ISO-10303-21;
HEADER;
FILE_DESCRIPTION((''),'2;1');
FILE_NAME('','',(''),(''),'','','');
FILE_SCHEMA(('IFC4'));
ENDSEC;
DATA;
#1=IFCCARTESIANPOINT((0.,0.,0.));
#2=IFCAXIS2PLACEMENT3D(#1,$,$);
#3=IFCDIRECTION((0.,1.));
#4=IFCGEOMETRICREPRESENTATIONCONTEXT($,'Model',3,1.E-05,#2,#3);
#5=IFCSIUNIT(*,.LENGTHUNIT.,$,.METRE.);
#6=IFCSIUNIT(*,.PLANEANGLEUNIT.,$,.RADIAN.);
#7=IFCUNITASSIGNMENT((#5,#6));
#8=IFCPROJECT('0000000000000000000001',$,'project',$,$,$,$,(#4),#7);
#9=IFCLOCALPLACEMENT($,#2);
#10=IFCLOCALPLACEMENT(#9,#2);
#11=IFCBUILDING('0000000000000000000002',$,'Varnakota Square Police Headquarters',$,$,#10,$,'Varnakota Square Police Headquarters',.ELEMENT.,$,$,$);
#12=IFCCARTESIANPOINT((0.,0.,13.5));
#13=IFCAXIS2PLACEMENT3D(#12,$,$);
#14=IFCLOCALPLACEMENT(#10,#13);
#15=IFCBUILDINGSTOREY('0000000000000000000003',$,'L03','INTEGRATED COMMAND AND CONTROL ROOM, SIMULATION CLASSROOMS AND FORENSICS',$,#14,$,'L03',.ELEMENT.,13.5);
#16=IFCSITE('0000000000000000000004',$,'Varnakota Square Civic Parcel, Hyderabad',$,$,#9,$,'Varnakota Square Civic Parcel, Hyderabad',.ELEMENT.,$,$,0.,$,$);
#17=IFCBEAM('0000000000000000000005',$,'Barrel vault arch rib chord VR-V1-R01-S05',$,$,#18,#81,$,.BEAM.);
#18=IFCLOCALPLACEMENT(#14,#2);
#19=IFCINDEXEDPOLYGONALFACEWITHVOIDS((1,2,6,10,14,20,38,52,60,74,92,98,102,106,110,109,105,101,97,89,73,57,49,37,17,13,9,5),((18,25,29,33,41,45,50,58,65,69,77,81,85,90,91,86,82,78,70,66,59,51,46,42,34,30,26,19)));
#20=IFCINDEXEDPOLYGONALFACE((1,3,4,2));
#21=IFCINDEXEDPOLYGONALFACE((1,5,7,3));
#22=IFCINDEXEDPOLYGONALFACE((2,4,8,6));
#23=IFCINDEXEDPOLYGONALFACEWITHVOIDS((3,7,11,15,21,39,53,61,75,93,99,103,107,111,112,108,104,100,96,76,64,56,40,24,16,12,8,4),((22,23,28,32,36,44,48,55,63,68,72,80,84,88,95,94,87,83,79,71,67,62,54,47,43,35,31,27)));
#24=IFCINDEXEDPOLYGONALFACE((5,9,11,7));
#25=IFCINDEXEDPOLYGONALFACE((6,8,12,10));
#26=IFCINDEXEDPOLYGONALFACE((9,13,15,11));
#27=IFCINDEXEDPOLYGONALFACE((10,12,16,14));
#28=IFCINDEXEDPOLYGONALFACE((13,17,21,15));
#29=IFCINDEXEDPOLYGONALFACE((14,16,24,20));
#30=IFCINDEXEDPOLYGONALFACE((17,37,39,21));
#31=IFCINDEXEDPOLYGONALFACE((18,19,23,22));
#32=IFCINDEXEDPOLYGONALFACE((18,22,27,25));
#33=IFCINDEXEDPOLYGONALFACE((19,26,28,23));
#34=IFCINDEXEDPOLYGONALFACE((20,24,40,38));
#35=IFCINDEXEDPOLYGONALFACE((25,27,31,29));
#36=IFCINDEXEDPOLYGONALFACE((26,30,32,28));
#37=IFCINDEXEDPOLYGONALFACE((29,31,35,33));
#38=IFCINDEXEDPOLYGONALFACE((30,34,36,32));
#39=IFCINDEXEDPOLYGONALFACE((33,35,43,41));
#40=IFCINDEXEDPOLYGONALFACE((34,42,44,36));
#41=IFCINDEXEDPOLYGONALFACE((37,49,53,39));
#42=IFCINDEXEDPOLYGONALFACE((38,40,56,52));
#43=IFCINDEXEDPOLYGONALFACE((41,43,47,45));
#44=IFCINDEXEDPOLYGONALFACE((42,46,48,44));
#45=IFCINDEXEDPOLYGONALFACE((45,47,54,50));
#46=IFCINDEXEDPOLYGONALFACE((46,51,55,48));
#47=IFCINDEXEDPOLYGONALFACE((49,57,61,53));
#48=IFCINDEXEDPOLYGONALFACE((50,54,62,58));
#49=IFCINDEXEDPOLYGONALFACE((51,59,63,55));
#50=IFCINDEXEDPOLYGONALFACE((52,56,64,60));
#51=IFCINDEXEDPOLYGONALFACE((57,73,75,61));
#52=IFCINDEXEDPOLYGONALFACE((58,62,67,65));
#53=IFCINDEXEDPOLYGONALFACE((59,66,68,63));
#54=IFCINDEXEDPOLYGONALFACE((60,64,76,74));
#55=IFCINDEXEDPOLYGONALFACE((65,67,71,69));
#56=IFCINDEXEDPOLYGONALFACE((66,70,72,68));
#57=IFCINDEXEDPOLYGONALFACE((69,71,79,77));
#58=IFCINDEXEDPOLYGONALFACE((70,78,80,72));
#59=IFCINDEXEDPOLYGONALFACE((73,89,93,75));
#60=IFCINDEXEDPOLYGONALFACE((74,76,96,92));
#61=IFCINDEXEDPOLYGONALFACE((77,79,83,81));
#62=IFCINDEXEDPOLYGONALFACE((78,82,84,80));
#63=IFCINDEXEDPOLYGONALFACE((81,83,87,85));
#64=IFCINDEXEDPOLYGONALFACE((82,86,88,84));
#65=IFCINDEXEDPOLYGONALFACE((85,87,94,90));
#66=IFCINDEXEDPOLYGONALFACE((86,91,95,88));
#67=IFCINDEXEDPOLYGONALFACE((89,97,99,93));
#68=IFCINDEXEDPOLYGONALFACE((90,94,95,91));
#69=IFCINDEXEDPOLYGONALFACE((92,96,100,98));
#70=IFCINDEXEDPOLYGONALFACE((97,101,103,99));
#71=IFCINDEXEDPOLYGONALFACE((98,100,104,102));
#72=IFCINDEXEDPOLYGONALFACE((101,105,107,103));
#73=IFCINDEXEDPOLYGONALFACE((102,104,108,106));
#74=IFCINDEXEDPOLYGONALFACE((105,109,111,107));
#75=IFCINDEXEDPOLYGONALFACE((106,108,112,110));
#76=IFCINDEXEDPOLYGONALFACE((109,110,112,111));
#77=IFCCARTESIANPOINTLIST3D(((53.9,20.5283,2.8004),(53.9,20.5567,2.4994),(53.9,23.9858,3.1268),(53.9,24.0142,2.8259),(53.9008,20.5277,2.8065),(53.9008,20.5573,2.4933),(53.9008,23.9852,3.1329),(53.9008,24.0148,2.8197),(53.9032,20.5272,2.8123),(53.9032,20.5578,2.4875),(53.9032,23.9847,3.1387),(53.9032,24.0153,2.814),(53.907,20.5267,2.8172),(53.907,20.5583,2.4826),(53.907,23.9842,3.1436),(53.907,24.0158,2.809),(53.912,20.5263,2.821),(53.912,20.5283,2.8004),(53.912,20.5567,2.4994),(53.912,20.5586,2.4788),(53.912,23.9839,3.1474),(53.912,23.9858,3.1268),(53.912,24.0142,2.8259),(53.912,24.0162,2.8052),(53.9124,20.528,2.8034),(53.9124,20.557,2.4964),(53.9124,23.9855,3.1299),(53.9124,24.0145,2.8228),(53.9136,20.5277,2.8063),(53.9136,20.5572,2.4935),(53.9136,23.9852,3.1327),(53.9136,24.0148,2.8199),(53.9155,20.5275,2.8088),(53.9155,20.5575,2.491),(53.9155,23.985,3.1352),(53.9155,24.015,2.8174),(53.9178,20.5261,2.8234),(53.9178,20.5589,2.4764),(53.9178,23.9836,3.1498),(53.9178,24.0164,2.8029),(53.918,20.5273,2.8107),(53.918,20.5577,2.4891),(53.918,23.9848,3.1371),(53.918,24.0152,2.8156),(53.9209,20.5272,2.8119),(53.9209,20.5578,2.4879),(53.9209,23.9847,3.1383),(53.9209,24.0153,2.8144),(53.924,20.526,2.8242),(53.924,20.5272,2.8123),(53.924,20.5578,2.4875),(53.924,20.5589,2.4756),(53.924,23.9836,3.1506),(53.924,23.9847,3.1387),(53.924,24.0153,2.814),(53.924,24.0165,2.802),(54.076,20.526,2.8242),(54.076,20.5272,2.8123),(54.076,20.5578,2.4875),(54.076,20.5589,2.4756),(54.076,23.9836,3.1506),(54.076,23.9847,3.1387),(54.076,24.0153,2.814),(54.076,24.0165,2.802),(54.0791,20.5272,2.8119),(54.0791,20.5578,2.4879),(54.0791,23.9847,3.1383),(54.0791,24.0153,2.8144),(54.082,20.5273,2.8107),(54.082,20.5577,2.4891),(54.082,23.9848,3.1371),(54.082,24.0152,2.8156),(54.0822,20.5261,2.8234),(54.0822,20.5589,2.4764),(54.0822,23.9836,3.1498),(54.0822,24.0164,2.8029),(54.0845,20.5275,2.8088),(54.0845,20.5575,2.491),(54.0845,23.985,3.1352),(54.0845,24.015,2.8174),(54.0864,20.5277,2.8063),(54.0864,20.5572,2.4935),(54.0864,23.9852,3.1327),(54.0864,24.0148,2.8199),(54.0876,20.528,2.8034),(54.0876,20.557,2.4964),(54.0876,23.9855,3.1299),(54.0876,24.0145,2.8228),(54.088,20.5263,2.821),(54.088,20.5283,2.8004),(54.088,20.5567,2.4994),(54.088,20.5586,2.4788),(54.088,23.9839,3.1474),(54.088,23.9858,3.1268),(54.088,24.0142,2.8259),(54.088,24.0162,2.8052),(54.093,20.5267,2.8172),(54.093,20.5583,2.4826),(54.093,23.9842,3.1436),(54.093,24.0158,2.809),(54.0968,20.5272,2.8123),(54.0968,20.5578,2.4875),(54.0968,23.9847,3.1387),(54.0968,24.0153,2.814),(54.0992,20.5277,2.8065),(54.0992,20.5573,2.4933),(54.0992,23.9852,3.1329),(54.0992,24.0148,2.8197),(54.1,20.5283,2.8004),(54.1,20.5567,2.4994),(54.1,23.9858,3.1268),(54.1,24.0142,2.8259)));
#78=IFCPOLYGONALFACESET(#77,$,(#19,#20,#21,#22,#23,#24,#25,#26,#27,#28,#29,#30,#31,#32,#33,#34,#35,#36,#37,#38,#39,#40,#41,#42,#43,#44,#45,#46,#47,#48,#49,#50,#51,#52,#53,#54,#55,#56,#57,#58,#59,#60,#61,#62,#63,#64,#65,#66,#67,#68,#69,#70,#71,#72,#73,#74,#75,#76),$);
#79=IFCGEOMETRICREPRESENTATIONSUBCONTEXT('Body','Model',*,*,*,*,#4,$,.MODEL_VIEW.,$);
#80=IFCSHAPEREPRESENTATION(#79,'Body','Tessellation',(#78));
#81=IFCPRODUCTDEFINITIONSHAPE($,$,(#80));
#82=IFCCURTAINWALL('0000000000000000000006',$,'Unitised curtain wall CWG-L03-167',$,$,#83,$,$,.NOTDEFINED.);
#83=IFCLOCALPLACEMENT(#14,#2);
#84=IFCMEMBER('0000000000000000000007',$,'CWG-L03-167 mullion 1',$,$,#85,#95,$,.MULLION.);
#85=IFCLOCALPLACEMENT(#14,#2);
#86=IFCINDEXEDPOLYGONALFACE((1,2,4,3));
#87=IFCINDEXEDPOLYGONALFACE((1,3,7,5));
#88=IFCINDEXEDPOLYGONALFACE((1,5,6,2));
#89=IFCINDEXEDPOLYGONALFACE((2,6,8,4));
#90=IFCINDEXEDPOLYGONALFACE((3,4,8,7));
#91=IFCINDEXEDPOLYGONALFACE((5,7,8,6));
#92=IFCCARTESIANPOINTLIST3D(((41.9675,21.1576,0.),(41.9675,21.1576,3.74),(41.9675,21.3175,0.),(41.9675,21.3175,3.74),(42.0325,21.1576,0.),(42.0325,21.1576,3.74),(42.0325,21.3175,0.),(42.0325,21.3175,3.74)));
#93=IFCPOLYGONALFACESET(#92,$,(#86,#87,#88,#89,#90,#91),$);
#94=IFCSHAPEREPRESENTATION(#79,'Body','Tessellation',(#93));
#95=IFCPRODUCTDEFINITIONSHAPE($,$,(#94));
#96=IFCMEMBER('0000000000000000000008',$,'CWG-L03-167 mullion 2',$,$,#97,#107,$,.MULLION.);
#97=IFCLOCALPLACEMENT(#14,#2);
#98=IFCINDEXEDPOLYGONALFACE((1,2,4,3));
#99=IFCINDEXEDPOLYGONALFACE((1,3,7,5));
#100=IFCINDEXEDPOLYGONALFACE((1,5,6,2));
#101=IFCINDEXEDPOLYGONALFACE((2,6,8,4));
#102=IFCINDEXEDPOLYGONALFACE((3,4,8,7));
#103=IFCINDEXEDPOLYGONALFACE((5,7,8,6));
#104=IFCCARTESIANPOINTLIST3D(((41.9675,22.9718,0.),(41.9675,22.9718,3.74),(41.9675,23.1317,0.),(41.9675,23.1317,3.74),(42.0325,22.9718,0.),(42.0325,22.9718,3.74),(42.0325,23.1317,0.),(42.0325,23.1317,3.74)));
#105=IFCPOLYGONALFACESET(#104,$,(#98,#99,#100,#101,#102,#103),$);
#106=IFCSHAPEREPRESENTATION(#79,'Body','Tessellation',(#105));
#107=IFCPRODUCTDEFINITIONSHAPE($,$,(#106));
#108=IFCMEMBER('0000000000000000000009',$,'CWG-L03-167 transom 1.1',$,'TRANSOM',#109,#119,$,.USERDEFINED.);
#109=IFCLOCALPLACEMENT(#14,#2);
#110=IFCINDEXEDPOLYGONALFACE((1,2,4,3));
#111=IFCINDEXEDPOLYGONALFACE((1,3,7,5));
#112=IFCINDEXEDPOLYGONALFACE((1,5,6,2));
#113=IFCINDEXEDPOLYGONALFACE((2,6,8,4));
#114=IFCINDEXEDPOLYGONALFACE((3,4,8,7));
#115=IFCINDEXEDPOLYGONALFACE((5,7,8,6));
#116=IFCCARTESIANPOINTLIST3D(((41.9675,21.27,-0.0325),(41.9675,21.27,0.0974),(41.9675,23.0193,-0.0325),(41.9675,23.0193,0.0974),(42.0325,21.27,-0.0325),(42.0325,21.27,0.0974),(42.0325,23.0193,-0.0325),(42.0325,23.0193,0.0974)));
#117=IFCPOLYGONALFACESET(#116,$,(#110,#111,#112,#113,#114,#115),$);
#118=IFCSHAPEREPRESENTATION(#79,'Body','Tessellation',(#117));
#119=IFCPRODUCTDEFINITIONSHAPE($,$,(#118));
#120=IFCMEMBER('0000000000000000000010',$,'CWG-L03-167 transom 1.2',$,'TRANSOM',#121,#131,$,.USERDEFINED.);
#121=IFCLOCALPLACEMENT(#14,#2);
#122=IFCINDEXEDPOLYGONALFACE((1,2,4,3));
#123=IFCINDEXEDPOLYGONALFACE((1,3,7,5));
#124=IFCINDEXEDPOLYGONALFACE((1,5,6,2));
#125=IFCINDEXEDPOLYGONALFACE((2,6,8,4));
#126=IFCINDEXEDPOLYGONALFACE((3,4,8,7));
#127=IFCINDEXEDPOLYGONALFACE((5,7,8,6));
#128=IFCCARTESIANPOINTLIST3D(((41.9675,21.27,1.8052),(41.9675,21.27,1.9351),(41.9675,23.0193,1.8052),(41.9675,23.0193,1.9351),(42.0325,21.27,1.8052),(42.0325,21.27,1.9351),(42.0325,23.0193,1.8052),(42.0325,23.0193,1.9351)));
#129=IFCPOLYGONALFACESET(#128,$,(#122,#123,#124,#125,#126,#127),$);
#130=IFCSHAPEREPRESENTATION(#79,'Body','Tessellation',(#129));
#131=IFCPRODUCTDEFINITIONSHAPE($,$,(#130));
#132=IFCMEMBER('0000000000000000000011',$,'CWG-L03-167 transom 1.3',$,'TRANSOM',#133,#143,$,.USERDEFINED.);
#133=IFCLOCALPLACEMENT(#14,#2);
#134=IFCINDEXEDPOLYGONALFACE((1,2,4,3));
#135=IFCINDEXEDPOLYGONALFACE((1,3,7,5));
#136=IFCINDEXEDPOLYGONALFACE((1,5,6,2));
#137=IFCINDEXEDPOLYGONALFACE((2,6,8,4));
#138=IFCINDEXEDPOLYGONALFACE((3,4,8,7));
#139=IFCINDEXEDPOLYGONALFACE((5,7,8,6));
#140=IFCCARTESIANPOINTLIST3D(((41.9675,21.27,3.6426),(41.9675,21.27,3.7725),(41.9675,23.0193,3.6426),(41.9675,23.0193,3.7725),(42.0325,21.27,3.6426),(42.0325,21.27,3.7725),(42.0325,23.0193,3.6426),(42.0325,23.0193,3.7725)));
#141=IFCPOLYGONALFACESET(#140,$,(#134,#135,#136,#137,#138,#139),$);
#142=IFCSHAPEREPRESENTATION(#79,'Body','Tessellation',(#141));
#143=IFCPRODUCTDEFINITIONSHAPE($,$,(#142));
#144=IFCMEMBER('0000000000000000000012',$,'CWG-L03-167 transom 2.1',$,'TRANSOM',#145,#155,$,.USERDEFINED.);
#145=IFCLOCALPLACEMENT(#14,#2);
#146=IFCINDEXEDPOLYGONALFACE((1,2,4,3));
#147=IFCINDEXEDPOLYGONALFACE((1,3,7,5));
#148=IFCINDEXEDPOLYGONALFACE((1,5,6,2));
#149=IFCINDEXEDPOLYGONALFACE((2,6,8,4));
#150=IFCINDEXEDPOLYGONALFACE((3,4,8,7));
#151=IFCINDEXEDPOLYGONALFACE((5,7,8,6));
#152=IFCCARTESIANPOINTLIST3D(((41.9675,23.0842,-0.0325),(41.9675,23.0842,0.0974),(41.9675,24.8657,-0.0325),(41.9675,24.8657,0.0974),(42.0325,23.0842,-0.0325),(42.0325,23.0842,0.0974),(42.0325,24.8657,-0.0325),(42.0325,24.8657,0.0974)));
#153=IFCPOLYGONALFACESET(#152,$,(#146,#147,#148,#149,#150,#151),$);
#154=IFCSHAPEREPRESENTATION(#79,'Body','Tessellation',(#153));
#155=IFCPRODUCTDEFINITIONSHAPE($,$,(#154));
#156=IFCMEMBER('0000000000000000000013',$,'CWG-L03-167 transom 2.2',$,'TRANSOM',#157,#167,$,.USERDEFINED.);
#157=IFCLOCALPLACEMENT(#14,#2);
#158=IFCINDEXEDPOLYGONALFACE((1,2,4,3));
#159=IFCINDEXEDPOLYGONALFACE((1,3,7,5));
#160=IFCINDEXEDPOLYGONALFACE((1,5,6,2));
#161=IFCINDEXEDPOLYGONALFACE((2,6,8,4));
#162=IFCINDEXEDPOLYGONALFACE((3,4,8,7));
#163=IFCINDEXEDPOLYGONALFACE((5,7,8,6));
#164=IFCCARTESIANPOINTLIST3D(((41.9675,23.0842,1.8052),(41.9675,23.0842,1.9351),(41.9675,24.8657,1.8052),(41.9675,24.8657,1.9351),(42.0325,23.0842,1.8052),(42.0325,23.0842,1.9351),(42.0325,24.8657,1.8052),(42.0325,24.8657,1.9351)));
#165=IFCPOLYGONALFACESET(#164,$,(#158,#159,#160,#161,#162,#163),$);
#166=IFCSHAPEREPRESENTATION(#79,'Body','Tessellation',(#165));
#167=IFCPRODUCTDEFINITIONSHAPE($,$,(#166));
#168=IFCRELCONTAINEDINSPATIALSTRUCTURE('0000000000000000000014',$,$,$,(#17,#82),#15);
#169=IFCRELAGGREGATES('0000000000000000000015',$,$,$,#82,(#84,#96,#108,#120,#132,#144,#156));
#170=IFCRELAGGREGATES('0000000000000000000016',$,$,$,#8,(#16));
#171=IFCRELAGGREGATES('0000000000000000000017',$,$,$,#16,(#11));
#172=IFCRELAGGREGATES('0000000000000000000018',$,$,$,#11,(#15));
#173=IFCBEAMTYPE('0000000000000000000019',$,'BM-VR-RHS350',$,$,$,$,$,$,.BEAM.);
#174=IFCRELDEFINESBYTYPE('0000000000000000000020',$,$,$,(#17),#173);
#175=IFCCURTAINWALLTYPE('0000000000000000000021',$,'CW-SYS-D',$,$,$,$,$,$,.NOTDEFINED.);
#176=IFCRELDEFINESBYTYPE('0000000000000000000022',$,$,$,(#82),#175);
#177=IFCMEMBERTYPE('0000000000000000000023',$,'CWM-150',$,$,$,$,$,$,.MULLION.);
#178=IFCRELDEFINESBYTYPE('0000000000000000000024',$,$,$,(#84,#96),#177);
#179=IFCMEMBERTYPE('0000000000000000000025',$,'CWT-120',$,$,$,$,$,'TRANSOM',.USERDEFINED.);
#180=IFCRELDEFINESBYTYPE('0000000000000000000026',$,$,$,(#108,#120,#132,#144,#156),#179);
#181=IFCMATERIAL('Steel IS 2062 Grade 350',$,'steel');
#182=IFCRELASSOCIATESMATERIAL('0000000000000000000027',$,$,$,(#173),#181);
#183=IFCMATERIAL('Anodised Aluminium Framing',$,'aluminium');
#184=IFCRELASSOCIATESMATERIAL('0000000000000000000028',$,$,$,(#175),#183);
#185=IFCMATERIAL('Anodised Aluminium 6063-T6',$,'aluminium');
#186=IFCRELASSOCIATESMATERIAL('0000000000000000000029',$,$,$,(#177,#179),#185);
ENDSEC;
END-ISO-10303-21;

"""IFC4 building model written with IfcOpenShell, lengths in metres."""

from ifc_helpers import new_model, si_unit, direction, frame, origin, origin_2d, place, context, subcontext, project, spatial, rectangle, hollow_rectangle, extrude, material, material_profile, profile_set, type_object, element, aggregate, save


model = new_model("IFC4")

# Units and contexts
model_context = context("Model", 3, precision=1e-05, world=origin(), true_north=direction((0.0, 1.0)))
body_context = subcontext(model_context, "Body", "Model", "MODEL_VIEW")
ifc_project = project(units=[si_unit("LENGTHUNIT", "METRE"), si_unit("PLANEANGLEUNIT", "RADIAN")], contexts=[model_context])

# Site, building, storey
site_placement = place(None, origin())
site = spatial("IfcSite", under=ifc_project, at=site_placement, Name="Varnakota Square Civic Parcel, Hyderabad", LongName="Varnakota Square Civic Parcel, Hyderabad", CompositionType="ELEMENT", RefElevation=0.0)
building_placement = place(site_placement, origin())
building = spatial("IfcBuilding", under=site, at=building_placement, Name="Varnakota Square Police Headquarters", LongName="Varnakota Square Police Headquarters", CompositionType="ELEMENT")
storey_placement = place(building_placement, frame((0.0, 0.0, 13.5)))
storey = spatial("IfcBuildingStorey", under=building, at=storey_placement, Name="L03", Description="INTEGRATED COMMAND AND CONTROL ROOM, SIMULATION CLASSROOMS AND FORENSICS", LongName="L03", CompositionType="ELEMENT", Elevation=13.5)

# Shared definitions
ifc_material_1 = material(Name="Steel IS 2062 Grade 350", Category="steel")

# Beam
ifc_material_profile_1 = material_profile(ifc_material_1, hollow_rectangle(XDim=0.2, YDim=0.3501, WallThickness=0.012, InnerFilletRadius=0.012, OuterFilletRadius=0.0239, at=origin_2d()), Name="RHS 350x200x12")
ifc_profile_set_1 = profile_set([ifc_material_profile_1], Name="Steel IS 2062 Grade 350")
beam_type_1 = type_object("IfcBeamType", Name="BM-VR-RHS350", PredefinedType="BEAM", material=ifc_profile_set_1)
beam_1_placement = place(storey_placement, frame((54.0, 20.5425, 2.6499), z_axis=(0.0, 0.995573, 0.09399), x_axis=(-1.0, 0.0, 0.0)))
element("IfcBeam", 1, at=beam_1_placement, inside=storey, type_object=beam_type_1, Name="Barrel vault arch rib chord VR-V1-R01-S05", PredefinedType="BEAM", context=body_context, shape_type="SweptSolid", body=[
    extrude(hollow_rectangle(XDim=0.2, YDim=0.3501, WallThickness=0.012, InnerFilletRadius=0.012, OuterFilletRadius=0.0239, at=origin_2d()), origin(), (0.0, 0.0, 1.0), 3.4729),
])

# Curtain wall, members
ifc_material_2 = material(Name="Anodised Aluminium Framing", Category="aluminium")
curtain_wall_type = type_object("IfcCurtainWallType", Name="CW-SYS-D", PredefinedType="NOTDEFINED", material=ifc_material_2)
curtain_wall_placement = place(storey_placement, origin())
curtain_wall = element("IfcCurtainWall", 2, at=curtain_wall_placement, inside=storey, type_object=curtain_wall_type, Name="Unitised curtain wall CWG-L03-167", PredefinedType="NOTDEFINED")
ifc_material_3 = material(Name="Anodised Aluminium 6063-T6", Category="aluminium")
ifc_material_profile_2 = material_profile(ifc_material_3, rectangle(XDim=0.0649, YDim=0.1599, at=origin_2d()), Name="ALU MULLION 65x160")
ifc_profile_set_2 = profile_set([ifc_material_profile_2], Name="Anodised Aluminium 6063-T6")
member_type_1 = type_object("IfcMemberType", Name="CWM-150", PredefinedType="MULLION", material=ifc_profile_set_2)
member_1_placement = place(storey_placement, frame((42.0, 21.2375, 0.0), z_axis=(0.0, 0.0, 1.0), x_axis=(-1.0, 0.0, 0.0)))
member_1 = element("IfcMember", 3, at=member_1_placement, type_object=member_type_1, Name="CWG-L03-167 mullion 1", PredefinedType="MULLION", context=body_context, shape_type="SweptSolid", body=[
    extrude(rectangle(XDim=0.0649, YDim=0.1599, at=origin_2d()), origin(), (0.0, 0.0, 1.0), 3.74),
])
member_2_placement = place(storey_placement, frame((42.0, 23.0518, 0.0), z_axis=(0.0, 0.0, 1.0), x_axis=(-1.0, 0.0, 0.0)))
member_2 = element("IfcMember", 4, at=member_2_placement, type_object=member_type_1, Name="CWG-L03-167 mullion 2", PredefinedType="MULLION", context=body_context, shape_type="SweptSolid", body=[
    extrude(rectangle(XDim=0.0649, YDim=0.1599, at=origin_2d()), origin(), (0.0, 0.0, 1.0), 3.74),
])
ifc_material_profile_3 = material_profile(ifc_material_3, rectangle(XDim=0.0649, YDim=0.1299, at=origin_2d()), Name="ALU TRANSOM 65x130")
ifc_profile_set_3 = profile_set([ifc_material_profile_3], Name="Anodised Aluminium 6063-T6")
member_type_2 = type_object("IfcMemberType", Name="CWT-120", ElementType="TRANSOM", PredefinedType="USERDEFINED", material=ifc_profile_set_3)
member_3_placement = place(storey_placement, frame((42.0, 21.27, 0.0325), z_axis=(0.0, 1.0, 0.0), x_axis=(-1.0, 0.0, 0.0)))
member_3 = element("IfcMember", 5, at=member_3_placement, type_object=member_type_2, Name="CWG-L03-167 transom 1.1", ObjectType="TRANSOM", PredefinedType="USERDEFINED", context=body_context, shape_type="SweptSolid", body=[
    extrude(rectangle(XDim=0.0649, YDim=0.1299, at=origin_2d()), origin(), (0.0, 0.0, 1.0), 1.7493),
])
member_4_placement = place(storey_placement, frame((42.0, 21.27, 1.8701), z_axis=(0.0, 1.0, 0.0), x_axis=(-1.0, 0.0, 0.0)))
member_4 = element("IfcMember", 6, at=member_4_placement, type_object=member_type_2, Name="CWG-L03-167 transom 1.2", ObjectType="TRANSOM", PredefinedType="USERDEFINED", context=body_context, shape_type="SweptSolid", body=[
    extrude(rectangle(XDim=0.0649, YDim=0.1299, at=origin_2d()), origin(), (0.0, 0.0, 1.0), 1.7493),
])
member_5_placement = place(storey_placement, frame((42.0, 21.27, 3.7075), z_axis=(0.0, 1.0, 0.0), x_axis=(-1.0, 0.0, 0.0)))
member_5 = element("IfcMember", 7, at=member_5_placement, type_object=member_type_2, Name="CWG-L03-167 transom 1.3", ObjectType="TRANSOM", PredefinedType="USERDEFINED", context=body_context, shape_type="SweptSolid", body=[
    extrude(rectangle(XDim=0.0649, YDim=0.1299, at=origin_2d()), origin(), (0.0, 0.0, 1.0), 1.7493),
])
member_6_placement = place(storey_placement, frame((42.0, 23.0842, 0.0325), z_axis=(0.0, 1.0, 0.0), x_axis=(-1.0, 0.0, 0.0)))
member_6 = element("IfcMember", 8, at=member_6_placement, type_object=member_type_2, Name="CWG-L03-167 transom 2.1", ObjectType="TRANSOM", PredefinedType="USERDEFINED", context=body_context, shape_type="SweptSolid", body=[
    extrude(rectangle(XDim=0.0649, YDim=0.1299, at=origin_2d()), origin(), (0.0, 0.0, 1.0), 1.7815),
])
member_7_placement = place(storey_placement, frame((42.0, 23.0842, 1.8701), z_axis=(0.0, 1.0, 0.0), x_axis=(-1.0, 0.0, 0.0)))
member_7 = element("IfcMember", 9, at=member_7_placement, type_object=member_type_2, Name="CWG-L03-167 transom 2.2", ObjectType="TRANSOM", PredefinedType="USERDEFINED", context=body_context, shape_type="SweptSolid", body=[
    extrude(rectangle(XDim=0.0649, YDim=0.1299, at=origin_2d()), origin(), (0.0, 0.0, 1.0), 1.7815),
])

aggregate(curtain_wall, [member_1, member_2, member_3, member_4, member_5, member_6, member_7])

save(model, "model.ifc")
